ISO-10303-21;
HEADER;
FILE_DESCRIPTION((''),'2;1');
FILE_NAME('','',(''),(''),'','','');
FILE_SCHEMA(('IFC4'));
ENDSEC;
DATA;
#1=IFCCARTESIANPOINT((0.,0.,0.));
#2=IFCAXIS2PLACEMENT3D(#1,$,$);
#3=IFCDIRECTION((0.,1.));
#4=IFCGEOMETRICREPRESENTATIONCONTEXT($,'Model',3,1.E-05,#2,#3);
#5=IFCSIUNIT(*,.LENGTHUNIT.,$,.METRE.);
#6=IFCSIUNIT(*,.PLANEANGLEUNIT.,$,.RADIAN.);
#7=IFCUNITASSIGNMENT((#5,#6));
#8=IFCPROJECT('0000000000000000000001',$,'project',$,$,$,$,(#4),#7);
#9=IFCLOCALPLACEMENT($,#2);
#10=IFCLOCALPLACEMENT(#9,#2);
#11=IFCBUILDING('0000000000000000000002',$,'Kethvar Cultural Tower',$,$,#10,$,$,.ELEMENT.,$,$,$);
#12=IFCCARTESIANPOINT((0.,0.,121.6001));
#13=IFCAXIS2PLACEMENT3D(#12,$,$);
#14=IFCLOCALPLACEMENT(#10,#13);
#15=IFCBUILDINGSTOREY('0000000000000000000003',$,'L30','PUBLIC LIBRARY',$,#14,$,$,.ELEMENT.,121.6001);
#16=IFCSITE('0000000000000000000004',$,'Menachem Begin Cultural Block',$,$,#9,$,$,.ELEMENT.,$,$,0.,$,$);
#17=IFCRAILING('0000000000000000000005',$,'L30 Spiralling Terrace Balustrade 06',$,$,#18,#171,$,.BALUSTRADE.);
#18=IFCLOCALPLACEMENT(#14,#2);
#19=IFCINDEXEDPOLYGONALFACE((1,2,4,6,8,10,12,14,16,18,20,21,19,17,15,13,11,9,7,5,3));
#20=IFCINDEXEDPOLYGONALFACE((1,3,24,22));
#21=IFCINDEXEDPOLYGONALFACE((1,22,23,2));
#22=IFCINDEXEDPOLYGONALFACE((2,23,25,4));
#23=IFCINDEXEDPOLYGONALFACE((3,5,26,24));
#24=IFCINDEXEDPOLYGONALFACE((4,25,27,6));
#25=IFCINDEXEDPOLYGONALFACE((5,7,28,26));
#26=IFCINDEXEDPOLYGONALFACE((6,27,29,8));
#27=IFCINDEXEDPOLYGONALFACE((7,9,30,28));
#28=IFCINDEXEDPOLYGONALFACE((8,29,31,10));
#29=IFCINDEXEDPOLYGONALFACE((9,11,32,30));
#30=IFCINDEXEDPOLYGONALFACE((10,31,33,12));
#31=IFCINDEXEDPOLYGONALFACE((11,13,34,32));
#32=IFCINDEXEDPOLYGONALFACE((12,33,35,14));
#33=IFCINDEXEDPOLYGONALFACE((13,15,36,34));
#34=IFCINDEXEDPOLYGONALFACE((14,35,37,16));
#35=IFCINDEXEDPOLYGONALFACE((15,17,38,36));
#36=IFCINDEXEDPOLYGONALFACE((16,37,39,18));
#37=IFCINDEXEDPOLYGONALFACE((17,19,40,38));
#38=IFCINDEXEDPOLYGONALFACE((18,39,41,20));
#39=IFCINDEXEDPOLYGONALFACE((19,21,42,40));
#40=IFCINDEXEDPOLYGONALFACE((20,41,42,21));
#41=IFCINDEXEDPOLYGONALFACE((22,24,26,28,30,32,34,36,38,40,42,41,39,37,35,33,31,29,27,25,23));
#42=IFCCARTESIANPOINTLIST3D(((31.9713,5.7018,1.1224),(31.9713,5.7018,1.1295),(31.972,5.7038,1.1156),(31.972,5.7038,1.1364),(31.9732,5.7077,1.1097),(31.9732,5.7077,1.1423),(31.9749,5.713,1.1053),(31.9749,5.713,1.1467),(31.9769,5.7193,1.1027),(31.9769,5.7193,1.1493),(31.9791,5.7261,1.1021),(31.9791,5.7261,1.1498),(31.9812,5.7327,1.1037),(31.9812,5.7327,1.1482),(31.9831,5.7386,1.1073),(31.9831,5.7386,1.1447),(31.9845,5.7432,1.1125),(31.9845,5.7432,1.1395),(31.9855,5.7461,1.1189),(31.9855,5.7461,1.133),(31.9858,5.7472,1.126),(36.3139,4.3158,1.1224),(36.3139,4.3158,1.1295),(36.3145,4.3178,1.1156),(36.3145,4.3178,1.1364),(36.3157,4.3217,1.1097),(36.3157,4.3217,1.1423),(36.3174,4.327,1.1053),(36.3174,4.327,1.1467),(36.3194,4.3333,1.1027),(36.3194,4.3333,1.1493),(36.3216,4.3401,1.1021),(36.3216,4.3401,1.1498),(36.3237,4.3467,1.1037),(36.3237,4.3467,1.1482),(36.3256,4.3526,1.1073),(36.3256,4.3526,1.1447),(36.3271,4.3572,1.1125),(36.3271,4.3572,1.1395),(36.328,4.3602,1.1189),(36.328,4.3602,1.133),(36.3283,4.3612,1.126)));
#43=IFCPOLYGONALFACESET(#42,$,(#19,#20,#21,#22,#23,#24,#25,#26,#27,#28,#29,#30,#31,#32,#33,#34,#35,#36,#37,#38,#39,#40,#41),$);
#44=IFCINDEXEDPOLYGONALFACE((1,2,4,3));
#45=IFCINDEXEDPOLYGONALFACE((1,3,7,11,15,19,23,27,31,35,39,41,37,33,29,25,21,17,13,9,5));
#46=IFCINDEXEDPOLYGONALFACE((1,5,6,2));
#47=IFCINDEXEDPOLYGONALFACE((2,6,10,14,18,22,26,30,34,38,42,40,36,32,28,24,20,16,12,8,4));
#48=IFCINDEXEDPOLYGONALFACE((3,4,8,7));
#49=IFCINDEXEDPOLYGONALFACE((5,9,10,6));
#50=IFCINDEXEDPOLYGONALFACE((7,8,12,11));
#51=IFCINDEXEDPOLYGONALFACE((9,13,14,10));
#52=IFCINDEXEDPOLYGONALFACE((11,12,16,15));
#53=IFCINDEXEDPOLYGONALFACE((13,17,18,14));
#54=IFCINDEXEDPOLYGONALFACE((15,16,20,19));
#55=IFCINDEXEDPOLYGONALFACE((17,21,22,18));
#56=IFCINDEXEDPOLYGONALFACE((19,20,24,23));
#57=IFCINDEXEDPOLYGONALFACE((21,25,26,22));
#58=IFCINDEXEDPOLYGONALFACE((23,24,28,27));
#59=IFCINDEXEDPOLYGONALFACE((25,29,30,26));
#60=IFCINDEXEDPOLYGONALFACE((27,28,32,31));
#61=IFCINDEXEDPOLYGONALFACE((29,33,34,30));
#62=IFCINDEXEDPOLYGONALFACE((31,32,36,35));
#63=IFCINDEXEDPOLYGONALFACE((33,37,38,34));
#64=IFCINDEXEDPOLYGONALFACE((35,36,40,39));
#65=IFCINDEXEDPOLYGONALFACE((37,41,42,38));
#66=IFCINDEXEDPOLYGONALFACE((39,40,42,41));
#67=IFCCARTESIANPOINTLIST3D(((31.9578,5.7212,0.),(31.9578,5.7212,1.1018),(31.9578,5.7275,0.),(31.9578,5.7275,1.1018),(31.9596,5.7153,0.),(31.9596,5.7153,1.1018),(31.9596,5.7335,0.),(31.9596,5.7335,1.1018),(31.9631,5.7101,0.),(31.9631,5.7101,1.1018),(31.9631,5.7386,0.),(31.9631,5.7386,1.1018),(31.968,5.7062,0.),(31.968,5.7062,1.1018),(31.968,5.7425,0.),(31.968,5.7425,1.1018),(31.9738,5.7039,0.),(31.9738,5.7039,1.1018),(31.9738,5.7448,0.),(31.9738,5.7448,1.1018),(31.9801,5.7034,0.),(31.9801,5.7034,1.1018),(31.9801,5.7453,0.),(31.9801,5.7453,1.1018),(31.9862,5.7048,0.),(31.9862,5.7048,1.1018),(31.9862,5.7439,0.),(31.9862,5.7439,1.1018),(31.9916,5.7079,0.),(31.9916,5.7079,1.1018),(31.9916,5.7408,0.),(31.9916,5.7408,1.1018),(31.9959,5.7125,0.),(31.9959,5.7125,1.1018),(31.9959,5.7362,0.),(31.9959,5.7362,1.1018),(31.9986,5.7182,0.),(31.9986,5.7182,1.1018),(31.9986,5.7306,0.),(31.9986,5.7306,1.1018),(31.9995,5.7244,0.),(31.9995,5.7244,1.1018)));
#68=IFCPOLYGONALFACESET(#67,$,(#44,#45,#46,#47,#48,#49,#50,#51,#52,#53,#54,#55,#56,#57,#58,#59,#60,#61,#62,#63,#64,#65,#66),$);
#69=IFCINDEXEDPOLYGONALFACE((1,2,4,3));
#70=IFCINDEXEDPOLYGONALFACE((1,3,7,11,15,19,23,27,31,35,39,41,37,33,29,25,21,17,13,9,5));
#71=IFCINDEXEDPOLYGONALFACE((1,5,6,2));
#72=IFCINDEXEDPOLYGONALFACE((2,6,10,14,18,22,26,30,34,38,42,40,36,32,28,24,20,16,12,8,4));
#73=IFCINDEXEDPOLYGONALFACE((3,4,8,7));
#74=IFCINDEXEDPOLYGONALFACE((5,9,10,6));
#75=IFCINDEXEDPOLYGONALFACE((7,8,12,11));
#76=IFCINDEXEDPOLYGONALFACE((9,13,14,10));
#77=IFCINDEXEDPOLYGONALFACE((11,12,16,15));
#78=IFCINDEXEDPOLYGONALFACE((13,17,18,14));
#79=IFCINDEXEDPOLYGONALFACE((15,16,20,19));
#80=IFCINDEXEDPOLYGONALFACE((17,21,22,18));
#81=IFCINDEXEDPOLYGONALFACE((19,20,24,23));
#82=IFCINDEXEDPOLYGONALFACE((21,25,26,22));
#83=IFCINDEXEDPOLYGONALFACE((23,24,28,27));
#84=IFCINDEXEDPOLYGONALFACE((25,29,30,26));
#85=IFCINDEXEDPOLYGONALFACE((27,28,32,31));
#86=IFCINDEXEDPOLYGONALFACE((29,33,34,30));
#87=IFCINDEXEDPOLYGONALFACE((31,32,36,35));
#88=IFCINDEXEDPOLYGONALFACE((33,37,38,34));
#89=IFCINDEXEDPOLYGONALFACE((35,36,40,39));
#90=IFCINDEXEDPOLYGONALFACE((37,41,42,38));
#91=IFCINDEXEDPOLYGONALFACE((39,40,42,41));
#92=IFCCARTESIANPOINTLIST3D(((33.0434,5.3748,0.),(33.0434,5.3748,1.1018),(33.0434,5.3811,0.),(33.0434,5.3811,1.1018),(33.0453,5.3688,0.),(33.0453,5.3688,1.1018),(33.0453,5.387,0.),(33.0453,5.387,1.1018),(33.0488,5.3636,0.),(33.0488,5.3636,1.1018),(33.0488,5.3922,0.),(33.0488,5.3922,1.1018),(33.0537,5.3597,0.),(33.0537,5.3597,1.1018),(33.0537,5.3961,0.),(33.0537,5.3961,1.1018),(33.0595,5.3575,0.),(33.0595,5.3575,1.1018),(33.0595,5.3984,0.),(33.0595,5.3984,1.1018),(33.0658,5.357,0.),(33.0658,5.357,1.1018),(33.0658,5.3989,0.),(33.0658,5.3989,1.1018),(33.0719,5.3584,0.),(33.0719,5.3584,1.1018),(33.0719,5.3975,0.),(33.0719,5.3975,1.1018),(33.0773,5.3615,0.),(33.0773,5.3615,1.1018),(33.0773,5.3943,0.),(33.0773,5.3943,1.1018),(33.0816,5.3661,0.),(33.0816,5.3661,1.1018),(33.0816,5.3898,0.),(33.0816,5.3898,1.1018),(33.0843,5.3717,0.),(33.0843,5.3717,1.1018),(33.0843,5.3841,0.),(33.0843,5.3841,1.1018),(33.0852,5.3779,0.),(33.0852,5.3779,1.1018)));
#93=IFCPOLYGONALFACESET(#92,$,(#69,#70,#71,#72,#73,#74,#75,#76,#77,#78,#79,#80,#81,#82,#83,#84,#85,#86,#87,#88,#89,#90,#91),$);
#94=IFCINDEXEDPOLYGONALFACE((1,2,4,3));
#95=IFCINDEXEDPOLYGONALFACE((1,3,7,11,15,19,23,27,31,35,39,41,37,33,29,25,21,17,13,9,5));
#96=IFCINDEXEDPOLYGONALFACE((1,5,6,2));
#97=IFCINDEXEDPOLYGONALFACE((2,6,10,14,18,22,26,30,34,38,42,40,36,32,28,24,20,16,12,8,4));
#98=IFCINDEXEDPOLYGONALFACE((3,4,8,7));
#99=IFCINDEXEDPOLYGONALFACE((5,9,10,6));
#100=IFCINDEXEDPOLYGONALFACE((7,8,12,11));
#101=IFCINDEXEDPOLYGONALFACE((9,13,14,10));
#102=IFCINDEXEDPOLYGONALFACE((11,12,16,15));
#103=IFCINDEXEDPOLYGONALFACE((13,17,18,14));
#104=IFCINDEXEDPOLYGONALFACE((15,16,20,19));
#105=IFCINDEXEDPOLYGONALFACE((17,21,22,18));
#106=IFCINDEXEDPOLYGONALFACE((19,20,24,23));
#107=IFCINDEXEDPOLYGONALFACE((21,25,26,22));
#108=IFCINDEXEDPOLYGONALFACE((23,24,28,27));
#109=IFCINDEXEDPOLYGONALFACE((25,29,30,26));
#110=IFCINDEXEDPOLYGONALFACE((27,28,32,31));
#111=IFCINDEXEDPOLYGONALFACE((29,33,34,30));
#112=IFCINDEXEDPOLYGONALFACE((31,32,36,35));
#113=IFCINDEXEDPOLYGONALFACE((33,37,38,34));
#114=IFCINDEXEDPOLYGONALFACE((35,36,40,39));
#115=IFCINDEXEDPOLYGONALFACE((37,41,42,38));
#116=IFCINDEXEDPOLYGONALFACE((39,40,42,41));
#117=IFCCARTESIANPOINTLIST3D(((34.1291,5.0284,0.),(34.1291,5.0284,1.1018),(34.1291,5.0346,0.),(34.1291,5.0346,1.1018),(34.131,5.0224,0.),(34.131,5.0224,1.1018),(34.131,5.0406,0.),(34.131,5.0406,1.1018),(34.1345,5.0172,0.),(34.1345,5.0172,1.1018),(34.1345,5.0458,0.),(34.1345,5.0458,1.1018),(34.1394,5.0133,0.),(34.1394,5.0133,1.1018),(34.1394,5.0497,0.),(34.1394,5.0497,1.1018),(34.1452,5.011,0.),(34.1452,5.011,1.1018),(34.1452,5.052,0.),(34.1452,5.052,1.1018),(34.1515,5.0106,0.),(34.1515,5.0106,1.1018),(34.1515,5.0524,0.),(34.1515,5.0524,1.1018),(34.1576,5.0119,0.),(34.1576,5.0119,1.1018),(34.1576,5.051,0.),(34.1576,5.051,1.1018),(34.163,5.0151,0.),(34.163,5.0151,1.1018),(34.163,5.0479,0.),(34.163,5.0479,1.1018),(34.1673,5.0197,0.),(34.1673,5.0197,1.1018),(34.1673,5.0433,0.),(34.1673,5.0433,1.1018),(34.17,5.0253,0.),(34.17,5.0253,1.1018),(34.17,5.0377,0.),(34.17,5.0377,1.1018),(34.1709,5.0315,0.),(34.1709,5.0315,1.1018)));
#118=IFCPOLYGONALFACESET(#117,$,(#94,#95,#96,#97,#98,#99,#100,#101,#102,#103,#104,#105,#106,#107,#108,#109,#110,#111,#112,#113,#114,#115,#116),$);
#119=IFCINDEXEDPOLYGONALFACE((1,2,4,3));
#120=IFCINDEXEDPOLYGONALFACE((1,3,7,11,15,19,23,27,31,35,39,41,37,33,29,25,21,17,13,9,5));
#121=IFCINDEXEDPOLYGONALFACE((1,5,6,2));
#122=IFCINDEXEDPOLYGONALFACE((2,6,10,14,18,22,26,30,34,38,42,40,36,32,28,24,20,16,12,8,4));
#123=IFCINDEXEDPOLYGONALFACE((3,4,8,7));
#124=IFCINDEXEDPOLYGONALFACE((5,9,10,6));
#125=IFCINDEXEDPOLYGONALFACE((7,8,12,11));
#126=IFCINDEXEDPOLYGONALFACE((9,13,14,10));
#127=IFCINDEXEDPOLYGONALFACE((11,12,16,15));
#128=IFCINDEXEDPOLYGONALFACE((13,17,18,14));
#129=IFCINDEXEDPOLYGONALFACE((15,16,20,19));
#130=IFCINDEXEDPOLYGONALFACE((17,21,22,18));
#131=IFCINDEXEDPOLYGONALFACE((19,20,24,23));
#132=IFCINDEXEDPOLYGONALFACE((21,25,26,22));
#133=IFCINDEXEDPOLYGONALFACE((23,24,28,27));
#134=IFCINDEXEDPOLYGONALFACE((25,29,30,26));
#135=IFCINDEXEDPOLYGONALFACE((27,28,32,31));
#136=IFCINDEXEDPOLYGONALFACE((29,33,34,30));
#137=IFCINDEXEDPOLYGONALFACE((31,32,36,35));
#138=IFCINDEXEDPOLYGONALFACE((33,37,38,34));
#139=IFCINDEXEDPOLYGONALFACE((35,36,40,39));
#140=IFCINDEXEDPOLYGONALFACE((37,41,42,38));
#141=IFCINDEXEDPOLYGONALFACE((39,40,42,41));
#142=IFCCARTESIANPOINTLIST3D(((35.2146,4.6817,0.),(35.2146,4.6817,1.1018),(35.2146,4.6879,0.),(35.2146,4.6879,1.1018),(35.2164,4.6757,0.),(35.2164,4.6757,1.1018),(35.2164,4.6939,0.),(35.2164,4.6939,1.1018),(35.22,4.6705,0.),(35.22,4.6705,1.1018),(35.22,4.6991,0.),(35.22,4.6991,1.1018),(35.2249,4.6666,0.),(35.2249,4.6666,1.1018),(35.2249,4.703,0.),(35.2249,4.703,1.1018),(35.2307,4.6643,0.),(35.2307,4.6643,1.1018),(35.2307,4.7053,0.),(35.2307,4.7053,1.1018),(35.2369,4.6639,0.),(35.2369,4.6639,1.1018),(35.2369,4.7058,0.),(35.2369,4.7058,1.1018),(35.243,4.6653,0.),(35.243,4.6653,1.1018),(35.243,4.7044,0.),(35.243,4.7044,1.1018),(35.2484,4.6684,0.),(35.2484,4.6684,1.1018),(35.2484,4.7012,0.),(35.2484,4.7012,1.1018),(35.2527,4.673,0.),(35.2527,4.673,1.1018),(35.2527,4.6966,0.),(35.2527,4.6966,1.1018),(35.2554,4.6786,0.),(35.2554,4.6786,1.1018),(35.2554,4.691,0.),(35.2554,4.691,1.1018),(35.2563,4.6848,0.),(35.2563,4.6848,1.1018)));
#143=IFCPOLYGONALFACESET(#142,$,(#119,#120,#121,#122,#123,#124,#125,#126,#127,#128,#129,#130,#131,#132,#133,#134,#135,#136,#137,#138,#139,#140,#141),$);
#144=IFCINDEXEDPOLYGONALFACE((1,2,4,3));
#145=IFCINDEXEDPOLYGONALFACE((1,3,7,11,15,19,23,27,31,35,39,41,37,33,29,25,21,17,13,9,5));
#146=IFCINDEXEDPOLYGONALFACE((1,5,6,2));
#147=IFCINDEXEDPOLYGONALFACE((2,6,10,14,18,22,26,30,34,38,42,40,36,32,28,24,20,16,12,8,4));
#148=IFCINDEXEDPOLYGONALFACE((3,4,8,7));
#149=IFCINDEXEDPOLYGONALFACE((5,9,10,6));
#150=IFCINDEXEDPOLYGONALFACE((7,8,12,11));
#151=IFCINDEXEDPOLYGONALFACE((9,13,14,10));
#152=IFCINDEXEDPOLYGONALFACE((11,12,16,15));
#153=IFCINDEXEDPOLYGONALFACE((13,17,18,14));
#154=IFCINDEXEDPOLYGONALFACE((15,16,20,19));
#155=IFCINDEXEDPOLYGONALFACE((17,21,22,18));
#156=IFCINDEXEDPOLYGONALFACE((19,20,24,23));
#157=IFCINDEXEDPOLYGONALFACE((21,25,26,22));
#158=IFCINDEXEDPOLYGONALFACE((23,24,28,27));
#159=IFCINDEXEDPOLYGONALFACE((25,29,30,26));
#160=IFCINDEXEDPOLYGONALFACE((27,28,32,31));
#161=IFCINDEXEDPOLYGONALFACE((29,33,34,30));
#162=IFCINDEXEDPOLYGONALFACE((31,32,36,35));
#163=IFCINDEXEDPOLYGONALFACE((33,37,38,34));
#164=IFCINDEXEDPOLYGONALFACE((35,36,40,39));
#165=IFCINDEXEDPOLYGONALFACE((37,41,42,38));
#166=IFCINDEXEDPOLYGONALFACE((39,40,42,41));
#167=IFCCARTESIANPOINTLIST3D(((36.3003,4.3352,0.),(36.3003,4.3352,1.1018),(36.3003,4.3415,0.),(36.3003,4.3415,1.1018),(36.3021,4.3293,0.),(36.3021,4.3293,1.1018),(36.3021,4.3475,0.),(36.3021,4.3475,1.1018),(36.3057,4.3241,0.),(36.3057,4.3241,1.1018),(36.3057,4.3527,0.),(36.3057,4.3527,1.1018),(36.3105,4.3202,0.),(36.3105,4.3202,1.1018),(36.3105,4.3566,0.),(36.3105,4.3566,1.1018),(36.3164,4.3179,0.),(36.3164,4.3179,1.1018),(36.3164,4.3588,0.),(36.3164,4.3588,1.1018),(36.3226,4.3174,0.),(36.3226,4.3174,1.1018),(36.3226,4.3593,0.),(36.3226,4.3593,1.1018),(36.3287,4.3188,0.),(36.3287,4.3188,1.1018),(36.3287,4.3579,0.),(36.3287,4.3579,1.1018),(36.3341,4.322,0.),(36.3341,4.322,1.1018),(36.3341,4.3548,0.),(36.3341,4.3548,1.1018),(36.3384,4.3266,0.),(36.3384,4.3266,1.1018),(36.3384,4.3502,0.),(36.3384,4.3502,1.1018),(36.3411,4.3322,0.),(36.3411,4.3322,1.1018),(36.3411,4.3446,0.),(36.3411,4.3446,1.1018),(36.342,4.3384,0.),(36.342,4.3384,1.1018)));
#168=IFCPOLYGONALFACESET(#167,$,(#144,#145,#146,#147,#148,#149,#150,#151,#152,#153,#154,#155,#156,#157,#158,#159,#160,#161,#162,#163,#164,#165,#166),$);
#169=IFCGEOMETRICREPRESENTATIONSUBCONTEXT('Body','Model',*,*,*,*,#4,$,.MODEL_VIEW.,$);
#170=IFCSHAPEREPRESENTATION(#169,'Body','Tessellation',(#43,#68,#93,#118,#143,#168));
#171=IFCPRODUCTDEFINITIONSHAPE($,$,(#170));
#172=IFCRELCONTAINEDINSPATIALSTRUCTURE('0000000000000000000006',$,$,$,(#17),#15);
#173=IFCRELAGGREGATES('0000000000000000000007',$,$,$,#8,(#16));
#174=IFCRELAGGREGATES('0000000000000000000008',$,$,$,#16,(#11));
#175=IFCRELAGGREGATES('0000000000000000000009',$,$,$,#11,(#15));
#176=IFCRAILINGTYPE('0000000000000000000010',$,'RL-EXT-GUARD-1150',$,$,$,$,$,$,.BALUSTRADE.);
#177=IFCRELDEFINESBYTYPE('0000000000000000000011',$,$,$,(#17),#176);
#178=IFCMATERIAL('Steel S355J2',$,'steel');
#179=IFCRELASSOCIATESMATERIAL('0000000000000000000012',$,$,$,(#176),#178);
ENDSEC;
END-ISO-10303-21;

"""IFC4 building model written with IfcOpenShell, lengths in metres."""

from ifc_helpers import new_model, si_unit, direction, frame, origin, origin_2d, place, context, subcontext, project, spatial, circle, extrude, material, type_object, element, save


model = new_model("IFC4")

# Units and contexts
model_context = context("Model", 3, precision=1e-05, world=origin(), true_north=direction((0.0, 1.0)))
body_context = subcontext(model_context, "Body", "Model", "MODEL_VIEW")
ifc_project = project(units=[si_unit("LENGTHUNIT", "METRE"), si_unit("PLANEANGLEUNIT", "RADIAN")], contexts=[model_context])

# Site, building, storey
site_placement = place(None, origin())
site = spatial("IfcSite", under=ifc_project, at=site_placement, Name="Menachem Begin Cultural Block", CompositionType="ELEMENT", RefElevation=0.0)
building_placement = place(site_placement, origin())
building = spatial("IfcBuilding", under=site, at=building_placement, Name="Kethvar Cultural Tower", CompositionType="ELEMENT")
storey_placement = place(building_placement, frame((0.0, 0.0, 121.6001)))
storey = spatial("IfcBuildingStorey", under=building, at=storey_placement, Name="L30", Description="PUBLIC LIBRARY", CompositionType="ELEMENT", Elevation=121.6001)

# Shared definitions
ifc_material_1 = material(Name="Steel S355J2", Category="steel")

# Railing
railing_type = type_object("IfcRailingType", Name="RL-EXT-GUARD-1150", PredefinedType="BALUSTRADE", material=ifc_material_1)
railing_1_placement = place(storey_placement, frame((31.9785, 5.7244, 0.0)))
element("IfcRailing", 1, at=railing_1_placement, inside=storey, type_object=railing_type, Name="L30 Spiralling Terrace Balustrade 06", PredefinedType="BALUSTRADE", context=body_context, shape_type="SweptSolid", body=[
    extrude(circle(Radius=0.0239, at=origin_2d()), frame((0.0, 0.0, 1.126), z_axis=(0.952655, -0.304055, 0.0), x_axis=(0.304055, 0.952655, 0.0)), (0.0, 0.0, 1.0), 4.5583),
    extrude(circle(Radius=0.021, at=origin_2d()), origin(), (0.0, 0.0, 1.0), 1.1018),
    extrude(circle(Radius=0.021, at=origin_2d()), frame((1.0857, -0.3464, 0.0)), (0.0, 0.0, 1.0), 1.1018),
    extrude(circle(Radius=0.021, at=origin_2d()), frame((2.1714, -0.6929, 0.0)), (0.0, 0.0, 1.0), 1.1018),
    extrude(circle(Radius=0.021, at=origin_2d()), frame((3.2568, -1.0396, 0.0)), (0.0, 0.0, 1.0), 1.1018),
    extrude(circle(Radius=0.021, at=origin_2d()), frame((4.3425, -1.386, 0.0)), (0.0, 0.0, 1.0), 1.1018),
])

save(model, "model.ifc")
